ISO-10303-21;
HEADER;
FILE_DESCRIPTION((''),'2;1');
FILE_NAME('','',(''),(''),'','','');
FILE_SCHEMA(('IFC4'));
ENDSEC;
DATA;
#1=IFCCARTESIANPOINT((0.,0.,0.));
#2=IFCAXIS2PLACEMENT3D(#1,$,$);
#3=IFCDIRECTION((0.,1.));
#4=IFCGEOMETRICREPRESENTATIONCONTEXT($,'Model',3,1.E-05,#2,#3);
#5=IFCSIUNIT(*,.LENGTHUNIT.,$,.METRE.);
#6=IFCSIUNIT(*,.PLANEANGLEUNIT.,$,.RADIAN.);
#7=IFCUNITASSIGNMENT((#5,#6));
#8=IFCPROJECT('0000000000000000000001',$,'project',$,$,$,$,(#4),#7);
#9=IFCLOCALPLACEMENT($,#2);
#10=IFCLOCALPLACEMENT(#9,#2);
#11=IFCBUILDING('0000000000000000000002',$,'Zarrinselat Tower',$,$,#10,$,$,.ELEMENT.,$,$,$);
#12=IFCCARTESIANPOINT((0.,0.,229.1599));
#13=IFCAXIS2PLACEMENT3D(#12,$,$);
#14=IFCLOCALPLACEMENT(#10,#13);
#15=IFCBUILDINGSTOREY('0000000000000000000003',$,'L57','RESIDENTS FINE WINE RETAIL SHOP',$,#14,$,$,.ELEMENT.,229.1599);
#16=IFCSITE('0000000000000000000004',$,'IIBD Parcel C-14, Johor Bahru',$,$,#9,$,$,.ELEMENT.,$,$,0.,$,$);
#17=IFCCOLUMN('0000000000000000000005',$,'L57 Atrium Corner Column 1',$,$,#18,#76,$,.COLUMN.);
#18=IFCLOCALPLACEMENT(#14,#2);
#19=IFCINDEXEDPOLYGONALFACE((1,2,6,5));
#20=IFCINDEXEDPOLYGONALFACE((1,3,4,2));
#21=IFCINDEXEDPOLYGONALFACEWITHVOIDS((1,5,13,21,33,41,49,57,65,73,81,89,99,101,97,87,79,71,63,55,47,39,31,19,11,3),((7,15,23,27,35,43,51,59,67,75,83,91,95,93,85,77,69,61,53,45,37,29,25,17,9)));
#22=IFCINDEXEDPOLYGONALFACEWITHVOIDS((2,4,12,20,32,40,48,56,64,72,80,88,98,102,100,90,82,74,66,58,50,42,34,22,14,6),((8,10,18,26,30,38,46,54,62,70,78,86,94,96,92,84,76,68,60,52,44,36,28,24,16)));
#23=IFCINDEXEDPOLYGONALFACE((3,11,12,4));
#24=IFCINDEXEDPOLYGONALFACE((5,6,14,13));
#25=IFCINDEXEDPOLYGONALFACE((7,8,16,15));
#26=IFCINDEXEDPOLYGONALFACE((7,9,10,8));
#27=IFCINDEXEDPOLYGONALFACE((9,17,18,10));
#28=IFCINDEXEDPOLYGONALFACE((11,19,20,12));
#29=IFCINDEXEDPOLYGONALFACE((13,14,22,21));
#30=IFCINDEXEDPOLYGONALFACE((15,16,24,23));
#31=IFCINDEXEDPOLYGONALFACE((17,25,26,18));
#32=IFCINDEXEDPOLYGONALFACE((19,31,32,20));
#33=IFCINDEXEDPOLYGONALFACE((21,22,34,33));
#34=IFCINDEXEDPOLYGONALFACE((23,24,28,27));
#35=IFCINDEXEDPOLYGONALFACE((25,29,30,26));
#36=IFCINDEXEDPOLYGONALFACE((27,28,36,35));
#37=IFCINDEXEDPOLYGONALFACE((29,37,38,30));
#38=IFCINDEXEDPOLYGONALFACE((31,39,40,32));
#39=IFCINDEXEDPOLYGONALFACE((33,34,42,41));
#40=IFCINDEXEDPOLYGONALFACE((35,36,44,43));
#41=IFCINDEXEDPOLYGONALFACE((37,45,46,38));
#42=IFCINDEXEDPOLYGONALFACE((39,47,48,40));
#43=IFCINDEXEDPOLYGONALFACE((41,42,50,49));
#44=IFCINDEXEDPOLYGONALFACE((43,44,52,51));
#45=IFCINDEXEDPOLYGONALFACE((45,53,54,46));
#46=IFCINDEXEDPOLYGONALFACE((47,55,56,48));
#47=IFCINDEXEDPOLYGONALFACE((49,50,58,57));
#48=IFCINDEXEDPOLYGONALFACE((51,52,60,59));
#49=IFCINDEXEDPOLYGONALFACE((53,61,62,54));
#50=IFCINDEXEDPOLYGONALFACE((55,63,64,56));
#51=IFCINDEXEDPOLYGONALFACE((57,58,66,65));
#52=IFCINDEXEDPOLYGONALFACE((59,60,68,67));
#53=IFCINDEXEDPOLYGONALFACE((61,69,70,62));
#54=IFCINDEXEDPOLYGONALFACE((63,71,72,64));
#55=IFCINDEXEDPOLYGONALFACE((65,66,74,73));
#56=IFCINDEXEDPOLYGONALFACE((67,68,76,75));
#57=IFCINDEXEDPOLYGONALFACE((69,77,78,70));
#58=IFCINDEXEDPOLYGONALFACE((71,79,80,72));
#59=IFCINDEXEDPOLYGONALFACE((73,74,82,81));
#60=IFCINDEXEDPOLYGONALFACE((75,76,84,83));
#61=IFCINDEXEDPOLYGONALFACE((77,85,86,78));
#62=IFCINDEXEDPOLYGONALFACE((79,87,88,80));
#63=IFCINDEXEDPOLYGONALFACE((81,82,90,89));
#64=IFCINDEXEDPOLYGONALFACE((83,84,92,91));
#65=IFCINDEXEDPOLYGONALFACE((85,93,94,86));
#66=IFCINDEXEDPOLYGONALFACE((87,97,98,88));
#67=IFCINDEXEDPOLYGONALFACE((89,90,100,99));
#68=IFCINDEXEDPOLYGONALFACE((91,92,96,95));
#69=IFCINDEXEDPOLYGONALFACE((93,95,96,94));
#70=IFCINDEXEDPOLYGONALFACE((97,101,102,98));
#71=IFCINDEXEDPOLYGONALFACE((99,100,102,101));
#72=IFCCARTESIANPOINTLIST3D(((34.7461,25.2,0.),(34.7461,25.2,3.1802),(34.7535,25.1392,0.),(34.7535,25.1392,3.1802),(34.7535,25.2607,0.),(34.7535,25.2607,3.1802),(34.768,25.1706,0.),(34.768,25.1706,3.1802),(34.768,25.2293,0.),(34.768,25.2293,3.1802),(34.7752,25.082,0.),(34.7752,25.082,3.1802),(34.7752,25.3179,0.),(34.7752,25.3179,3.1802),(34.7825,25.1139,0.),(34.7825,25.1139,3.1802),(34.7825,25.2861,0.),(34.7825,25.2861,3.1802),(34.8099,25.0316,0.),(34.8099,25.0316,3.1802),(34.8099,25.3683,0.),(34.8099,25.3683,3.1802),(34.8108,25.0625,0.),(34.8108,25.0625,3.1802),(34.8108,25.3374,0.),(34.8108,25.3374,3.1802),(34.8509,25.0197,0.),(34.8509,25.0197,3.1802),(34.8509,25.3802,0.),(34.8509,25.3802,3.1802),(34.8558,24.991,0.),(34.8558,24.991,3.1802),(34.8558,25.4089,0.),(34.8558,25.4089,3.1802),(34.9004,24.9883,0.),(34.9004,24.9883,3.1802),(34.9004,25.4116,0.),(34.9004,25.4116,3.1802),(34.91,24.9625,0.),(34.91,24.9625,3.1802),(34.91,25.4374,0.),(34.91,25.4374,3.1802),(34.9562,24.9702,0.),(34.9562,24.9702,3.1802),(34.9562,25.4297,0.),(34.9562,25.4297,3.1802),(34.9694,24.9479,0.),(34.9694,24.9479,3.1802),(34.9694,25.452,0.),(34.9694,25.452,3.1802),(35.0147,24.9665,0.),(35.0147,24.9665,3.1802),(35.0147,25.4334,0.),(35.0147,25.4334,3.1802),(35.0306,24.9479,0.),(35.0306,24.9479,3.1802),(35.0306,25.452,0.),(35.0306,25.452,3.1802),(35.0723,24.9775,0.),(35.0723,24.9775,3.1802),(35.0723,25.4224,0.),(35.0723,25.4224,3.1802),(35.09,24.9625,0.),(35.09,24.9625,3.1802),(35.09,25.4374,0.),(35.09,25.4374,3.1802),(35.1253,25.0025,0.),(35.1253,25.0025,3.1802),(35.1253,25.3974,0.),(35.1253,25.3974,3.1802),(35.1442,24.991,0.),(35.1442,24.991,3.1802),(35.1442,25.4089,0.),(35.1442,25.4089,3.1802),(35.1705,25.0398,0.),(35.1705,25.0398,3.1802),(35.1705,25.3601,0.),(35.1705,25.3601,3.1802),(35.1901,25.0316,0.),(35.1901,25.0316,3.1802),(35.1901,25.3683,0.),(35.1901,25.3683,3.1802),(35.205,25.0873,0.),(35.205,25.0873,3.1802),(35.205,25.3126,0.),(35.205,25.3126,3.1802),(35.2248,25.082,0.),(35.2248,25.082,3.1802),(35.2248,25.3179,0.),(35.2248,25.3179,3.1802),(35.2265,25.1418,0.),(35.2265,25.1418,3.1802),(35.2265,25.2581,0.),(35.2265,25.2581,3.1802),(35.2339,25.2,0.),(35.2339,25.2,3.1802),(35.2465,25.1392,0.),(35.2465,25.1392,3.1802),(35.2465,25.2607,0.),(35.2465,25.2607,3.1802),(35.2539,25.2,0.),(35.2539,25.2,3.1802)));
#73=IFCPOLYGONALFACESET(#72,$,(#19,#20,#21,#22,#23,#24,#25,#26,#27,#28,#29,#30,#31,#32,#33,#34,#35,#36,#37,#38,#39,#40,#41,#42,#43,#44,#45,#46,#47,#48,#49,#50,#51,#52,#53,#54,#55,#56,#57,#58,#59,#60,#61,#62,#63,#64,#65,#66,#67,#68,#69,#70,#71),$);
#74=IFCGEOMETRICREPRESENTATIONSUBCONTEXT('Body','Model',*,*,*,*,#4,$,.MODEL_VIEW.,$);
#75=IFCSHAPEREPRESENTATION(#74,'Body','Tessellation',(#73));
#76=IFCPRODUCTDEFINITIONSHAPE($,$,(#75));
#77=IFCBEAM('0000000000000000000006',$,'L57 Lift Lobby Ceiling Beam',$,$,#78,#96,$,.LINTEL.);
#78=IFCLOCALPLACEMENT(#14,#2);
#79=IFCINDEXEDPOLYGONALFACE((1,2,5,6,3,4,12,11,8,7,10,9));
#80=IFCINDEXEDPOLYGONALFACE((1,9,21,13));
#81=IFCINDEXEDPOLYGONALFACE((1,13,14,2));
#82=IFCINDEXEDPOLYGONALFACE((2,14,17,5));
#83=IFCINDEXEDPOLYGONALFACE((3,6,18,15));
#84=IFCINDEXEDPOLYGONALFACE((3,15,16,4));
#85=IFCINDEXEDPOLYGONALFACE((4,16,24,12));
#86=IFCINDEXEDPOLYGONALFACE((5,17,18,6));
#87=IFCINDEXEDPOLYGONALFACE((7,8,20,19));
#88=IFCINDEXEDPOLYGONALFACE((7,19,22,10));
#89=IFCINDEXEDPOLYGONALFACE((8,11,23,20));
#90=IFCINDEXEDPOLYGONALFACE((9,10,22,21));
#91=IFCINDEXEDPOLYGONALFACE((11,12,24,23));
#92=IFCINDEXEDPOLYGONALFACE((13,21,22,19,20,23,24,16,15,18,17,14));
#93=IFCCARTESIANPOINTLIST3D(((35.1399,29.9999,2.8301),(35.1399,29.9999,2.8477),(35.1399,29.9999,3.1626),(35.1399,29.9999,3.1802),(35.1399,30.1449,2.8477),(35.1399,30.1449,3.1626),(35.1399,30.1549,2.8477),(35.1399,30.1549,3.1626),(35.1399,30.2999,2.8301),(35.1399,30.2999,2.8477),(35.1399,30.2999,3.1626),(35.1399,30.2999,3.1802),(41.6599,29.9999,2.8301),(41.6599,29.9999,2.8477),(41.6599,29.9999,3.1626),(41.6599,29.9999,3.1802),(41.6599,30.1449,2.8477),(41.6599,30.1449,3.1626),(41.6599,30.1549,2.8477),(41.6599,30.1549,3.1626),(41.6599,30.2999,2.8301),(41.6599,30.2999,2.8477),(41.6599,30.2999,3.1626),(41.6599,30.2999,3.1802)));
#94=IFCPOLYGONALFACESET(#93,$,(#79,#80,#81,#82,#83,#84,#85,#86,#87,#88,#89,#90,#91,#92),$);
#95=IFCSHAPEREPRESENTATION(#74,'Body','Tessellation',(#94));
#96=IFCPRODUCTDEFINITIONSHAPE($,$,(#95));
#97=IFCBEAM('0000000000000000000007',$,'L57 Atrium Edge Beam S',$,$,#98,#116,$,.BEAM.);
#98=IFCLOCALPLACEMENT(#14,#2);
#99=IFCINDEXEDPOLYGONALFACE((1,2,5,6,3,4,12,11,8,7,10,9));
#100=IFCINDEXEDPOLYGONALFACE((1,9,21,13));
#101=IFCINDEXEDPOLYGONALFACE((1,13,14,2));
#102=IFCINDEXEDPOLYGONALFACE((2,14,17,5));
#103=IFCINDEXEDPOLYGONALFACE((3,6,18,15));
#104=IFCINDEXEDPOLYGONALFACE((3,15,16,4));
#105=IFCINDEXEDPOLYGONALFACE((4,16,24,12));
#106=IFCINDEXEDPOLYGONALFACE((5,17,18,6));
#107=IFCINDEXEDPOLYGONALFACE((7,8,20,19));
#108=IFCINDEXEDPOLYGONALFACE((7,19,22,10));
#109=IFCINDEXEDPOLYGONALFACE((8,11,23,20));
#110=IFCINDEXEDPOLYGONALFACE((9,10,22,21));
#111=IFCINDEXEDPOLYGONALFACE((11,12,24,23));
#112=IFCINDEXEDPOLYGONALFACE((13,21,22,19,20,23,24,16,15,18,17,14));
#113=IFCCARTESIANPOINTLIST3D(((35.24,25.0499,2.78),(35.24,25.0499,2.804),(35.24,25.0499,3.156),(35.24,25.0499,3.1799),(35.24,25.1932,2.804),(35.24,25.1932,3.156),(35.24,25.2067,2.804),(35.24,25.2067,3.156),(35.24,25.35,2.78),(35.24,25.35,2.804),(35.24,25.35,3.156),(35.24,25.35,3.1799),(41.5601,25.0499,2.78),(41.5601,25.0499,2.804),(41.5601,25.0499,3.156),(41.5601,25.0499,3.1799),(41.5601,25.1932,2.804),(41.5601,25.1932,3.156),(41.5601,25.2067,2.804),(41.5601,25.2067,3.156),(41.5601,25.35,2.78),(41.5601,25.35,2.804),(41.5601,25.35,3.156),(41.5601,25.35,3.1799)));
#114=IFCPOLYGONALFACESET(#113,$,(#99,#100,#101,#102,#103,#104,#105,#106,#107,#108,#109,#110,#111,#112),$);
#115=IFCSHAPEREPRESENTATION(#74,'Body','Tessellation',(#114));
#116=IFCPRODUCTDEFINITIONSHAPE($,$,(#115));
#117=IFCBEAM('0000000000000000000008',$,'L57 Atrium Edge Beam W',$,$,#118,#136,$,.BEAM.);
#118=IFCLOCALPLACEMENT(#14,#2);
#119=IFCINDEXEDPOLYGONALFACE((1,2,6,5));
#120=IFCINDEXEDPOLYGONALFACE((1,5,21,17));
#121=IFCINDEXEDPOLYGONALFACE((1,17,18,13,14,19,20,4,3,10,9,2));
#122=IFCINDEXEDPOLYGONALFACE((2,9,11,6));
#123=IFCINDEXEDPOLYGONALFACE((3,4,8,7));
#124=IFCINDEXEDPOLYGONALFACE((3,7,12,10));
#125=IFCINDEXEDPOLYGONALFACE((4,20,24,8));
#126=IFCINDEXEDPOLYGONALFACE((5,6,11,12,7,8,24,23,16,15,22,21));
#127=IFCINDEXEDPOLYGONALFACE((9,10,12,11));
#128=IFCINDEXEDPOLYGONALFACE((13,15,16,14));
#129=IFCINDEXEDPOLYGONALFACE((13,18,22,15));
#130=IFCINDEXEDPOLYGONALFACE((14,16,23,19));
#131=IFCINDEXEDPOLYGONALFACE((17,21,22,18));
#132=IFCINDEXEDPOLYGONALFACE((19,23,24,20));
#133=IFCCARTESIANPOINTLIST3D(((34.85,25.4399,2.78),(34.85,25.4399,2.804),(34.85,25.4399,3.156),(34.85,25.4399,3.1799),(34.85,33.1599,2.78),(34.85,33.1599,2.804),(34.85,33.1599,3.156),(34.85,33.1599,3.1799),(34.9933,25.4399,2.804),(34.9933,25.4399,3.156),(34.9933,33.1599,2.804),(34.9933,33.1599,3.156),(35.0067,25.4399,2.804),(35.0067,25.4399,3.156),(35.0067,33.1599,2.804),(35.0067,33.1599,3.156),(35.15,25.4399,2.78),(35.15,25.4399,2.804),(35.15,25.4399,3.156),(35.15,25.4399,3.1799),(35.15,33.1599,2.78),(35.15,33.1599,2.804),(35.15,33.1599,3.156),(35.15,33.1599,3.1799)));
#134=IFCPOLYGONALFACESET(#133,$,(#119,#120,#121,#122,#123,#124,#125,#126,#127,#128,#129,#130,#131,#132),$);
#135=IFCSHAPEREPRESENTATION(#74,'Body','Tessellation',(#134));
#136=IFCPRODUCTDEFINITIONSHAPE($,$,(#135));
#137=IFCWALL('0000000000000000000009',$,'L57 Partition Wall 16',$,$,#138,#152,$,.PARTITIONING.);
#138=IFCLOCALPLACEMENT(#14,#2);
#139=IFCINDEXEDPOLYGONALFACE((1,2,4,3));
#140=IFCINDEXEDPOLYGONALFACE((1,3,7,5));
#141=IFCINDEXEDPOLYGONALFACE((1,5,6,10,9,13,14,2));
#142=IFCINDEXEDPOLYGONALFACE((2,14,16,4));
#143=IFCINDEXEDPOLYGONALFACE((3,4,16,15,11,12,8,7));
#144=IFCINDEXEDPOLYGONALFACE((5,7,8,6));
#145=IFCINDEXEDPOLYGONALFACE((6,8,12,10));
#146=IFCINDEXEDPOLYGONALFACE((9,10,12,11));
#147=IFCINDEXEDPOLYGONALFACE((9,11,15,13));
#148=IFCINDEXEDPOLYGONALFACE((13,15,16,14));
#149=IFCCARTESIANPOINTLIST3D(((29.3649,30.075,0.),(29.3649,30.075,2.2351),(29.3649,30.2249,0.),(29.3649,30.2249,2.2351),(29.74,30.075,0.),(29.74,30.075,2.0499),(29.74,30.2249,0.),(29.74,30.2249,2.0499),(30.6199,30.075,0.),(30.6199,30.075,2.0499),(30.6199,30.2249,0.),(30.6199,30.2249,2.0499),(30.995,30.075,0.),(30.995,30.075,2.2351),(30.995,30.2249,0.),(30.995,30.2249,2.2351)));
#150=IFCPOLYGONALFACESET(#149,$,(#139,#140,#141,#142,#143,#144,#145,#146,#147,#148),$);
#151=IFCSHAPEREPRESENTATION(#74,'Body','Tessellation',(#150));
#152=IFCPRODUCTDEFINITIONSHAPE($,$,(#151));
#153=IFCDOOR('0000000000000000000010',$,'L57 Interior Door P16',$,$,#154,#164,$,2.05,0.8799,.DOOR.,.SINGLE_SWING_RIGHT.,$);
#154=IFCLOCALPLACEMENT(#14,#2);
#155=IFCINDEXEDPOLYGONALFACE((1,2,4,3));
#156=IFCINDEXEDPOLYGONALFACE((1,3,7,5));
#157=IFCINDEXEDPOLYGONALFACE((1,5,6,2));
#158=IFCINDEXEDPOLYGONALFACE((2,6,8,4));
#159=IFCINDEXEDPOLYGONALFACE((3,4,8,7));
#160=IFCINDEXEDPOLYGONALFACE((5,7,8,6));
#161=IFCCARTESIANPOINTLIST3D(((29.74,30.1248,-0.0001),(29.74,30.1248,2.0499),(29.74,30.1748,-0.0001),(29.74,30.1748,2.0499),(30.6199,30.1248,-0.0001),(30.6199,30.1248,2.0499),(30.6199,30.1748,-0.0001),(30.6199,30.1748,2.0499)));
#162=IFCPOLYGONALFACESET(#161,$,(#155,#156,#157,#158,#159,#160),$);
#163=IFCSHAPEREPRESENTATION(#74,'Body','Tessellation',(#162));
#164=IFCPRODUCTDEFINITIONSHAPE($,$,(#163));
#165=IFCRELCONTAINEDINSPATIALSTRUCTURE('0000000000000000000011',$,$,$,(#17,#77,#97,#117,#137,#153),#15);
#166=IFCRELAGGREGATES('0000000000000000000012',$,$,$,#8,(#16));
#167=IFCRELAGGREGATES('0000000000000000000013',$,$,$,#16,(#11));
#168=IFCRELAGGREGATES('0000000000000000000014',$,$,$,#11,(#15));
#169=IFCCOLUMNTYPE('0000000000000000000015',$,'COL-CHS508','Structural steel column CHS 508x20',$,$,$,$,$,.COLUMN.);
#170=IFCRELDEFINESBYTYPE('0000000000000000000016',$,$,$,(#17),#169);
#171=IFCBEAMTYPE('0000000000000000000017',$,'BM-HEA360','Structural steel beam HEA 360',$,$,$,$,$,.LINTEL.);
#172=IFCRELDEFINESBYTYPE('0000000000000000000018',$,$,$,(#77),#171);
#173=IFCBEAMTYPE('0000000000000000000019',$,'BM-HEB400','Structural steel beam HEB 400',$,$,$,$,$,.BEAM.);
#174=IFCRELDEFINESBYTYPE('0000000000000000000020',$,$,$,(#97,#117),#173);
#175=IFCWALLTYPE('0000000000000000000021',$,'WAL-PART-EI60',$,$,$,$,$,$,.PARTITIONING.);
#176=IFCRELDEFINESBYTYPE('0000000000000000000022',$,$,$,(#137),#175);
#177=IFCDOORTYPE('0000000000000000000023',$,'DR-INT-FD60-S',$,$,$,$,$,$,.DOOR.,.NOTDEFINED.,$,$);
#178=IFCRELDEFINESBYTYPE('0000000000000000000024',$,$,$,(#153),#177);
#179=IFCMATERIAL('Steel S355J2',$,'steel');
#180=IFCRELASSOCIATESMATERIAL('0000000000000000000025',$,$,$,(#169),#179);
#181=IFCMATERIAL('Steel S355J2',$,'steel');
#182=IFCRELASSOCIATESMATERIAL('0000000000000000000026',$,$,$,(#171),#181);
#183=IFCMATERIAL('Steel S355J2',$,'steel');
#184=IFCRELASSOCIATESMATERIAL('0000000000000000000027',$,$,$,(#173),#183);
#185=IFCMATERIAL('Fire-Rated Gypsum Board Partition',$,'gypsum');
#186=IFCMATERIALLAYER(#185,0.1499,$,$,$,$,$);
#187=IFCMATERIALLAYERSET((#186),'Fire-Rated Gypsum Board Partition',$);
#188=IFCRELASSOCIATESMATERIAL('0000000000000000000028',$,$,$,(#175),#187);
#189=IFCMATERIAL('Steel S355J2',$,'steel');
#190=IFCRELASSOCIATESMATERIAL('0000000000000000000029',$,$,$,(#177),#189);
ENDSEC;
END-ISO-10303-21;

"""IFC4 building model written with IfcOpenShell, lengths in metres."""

from ifc_helpers import new_model, si_unit, direction, frame, frame_2d, origin, origin_2d, place, context, subcontext, project, spatial, rectangle, hollow_circle, i_section, extrude, material, layer, layer_set, material_profile, profile_set, type_object, element, fill, save


model = new_model("IFC4")

# Units and contexts
model_context = context("Model", 3, precision=1e-05, world=origin(), true_north=direction((0.0, 1.0)))
body_context = subcontext(model_context, "Body", "Model", "MODEL_VIEW")
ifc_project = project(units=[si_unit("LENGTHUNIT", "METRE"), si_unit("PLANEANGLEUNIT", "RADIAN")], contexts=[model_context])

# Site, building, storey
site_placement = place(None, origin())
site = spatial("IfcSite", under=ifc_project, at=site_placement, Name="IIBD Parcel C-14, Johor Bahru", CompositionType="ELEMENT", RefElevation=0.0)
building_placement = place(site_placement, origin())
building = spatial("IfcBuilding", under=site, at=building_placement, Name="Zarrinselat Tower", CompositionType="ELEMENT")
storey_placement = place(building_placement, frame((0.0, 0.0, 229.1599)))
storey = spatial("IfcBuildingStorey", under=building, at=storey_placement, Name="L57", Description="RESIDENTS FINE WINE RETAIL SHOP", CompositionType="ELEMENT", Elevation=229.1599)

# Column
ifc_material_1 = material(Name="Steel S355J2", Category="steel")
ifc_material_profile_1 = material_profile(ifc_material_1, hollow_circle(Radius=0.2539, WallThickness=0.02, at=origin_2d()), Name="CHS 508x20")
ifc_profile_set_1 = profile_set([ifc_material_profile_1], Name="Steel S355J2")
column_type = type_object("IfcColumnType", Name="COL-CHS508", Description="Structural steel column CHS 508x20", PredefinedType="COLUMN", material=ifc_profile_set_1)
column_placement = place(storey_placement, frame((35.0, 25.2, 0.0), z_axis=(0.0, 0.0, 1.0), x_axis=(1.0, 0.0, 0.0)))
element("IfcColumn", 1, at=column_placement, inside=storey, type_object=column_type, Name="L57 Atrium Corner Column 1", PredefinedType="COLUMN", context=body_context, shape_type="SweptSolid", body=[
    extrude(hollow_circle(Radius=0.2539, WallThickness=0.02, at=origin_2d()), origin(), (0.0, 0.0, 1.0), 3.1802),
])

# Beams
ifc_material_2 = material(Name="Steel S355J2", Category="steel")
ifc_material_profile_2 = material_profile(ifc_material_2, i_section(OverallWidth=0.3, OverallDepth=0.3501, WebThickness=0.01, FlangeThickness=0.0176, at=origin_2d()), Name="HEA 360")
ifc_profile_set_2 = profile_set([ifc_material_profile_2], Name="Steel S355J2")
beam_type_1 = type_object("IfcBeamType", Name="BM-HEA360", Description="Structural steel beam HEA 360", PredefinedType="LINTEL", material=ifc_profile_set_2)
beam_1_placement = place(storey_placement, frame((35.1399, 30.1499, 3.0051), z_axis=(1.0, 0.0, 0.0), x_axis=(0.0, 1.0, 0.0)))
element("IfcBeam", 2, at=beam_1_placement, inside=storey, type_object=beam_type_1, Name="L57 Lift Lobby Ceiling Beam", PredefinedType="LINTEL", context=body_context, shape_type="SweptSolid", body=[
    extrude(i_section(OverallWidth=0.3, OverallDepth=0.3501, WebThickness=0.01, FlangeThickness=0.0176, at=origin_2d()), origin(), (0.0, 0.0, 1.0), 6.52),
])
ifc_material_3 = material(Name="Steel S355J2", Category="steel")
ifc_material_profile_3 = material_profile(ifc_material_3, i_section(OverallWidth=0.3, OverallDepth=0.3999, WebThickness=0.0134, FlangeThickness=0.0239, at=origin_2d()), Name="HEB 400")
ifc_profile_set_3 = profile_set([ifc_material_profile_3], Name="Steel S355J2")
beam_type_2 = type_object("IfcBeamType", Name="BM-HEB400", Description="Structural steel beam HEB 400", PredefinedType="BEAM", material=ifc_profile_set_3)
beam_2_placement = place(storey_placement, frame((35.24, 25.2, 2.98), z_axis=(1.0, 0.0, 0.0), x_axis=(0.0, 1.0, 0.0)))
element("IfcBeam", 3, at=beam_2_placement, inside=storey, type_object=beam_type_2, Name="L57 Atrium Edge Beam S", PredefinedType="BEAM", context=body_context, shape_type="SweptSolid", body=[
    extrude(i_section(OverallWidth=0.3, OverallDepth=0.3999, WebThickness=0.0134, FlangeThickness=0.0239, at=origin_2d()), origin(), (0.0, 0.0, 1.0), 6.3201),
])
beam_3_placement = place(storey_placement, frame((35.0, 25.4399, 2.98), z_axis=(0.0, 1.0, 0.0), x_axis=(-1.0, 0.0, 0.0)))
element("IfcBeam", 4, at=beam_3_placement, inside=storey, type_object=beam_type_2, Name="L57 Atrium Edge Beam W", PredefinedType="BEAM", context=body_context, shape_type="SweptSolid", body=[
    extrude(i_section(OverallWidth=0.3, OverallDepth=0.3999, WebThickness=0.0134, FlangeThickness=0.0239, at=origin_2d()), origin(), (0.0, 0.0, 1.0), 7.72),
])

# Wall, opening, door
ifc_material_4 = material(Name="Fire-Rated Gypsum Board Partition", Category="gypsum")
ifc_layer_1 = layer(ifc_material_4, 0.1499)
ifc_layer_set_1 = layer_set([ifc_layer_1], Name="Fire-Rated Gypsum Board Partition")
wall_type_1 = type_object("IfcWallType", Name="WAL-PART-EI60", PredefinedType="PARTITIONING", material=ifc_layer_set_1)
wall_1_placement = place(storey_placement, frame((29.365, 30.1499, 0.0), z_axis=(0.0, 0.0, 1.0), x_axis=(1.0, 0.0, 0.0)))
wall_1 = element("IfcWall", 5, at=wall_1_placement, inside=storey, type_object=wall_type_1, Name="L57 Partition Wall 16", PredefinedType="PARTITIONING", context=body_context, shape_type="SweptSolid", body=[
    extrude(rectangle(XDim=1.6301, YDim=0.1499, at=frame_2d((0.8149, 0.0))), origin(), (0.0, 0.0, 1.0), 2.2351),
])
opening_1_placement = place(wall_1_placement, frame((0.375, 0.0, 0.0)))
opening_1 = element("IfcOpeningElement", 6, at=opening_1_placement, cuts=wall_1, PredefinedType="OPENING", context=body_context, shape_type="SweptSolid", body=[
    extrude(rectangle(XDim=0.8799, YDim=2.05, at=frame_2d((0.4399, 1.0249))), frame((0.0, 0.085, 0.0), z_axis=(0.0, -1.0, 0.0), x_axis=(1.0, 0.0, 0.0)), (0.0, 0.0, 1.0), 0.1699),
])
ifc_material_5 = material(Name="Steel S355J2", Category="steel")
door_type_1 = type_object("IfcDoorType", Name="DR-INT-FD60-S", OperationType="NOTDEFINED", PredefinedType="DOOR", material=ifc_material_5)
door_1_placement = place(opening_1_placement, origin())
door_1 = element("IfcDoor", 7, at=door_1_placement, inside=storey, type_object=door_type_1, Name="L57 Interior Door P16", OperationType="SINGLE_SWING_RIGHT", OverallHeight=2.05, OverallWidth=0.8799, PredefinedType="DOOR", context=body_context, shape_type="SweptSolid", body=[
    extrude(rectangle(XDim=0.8799, YDim=2.05, at=frame_2d((0.4399, 1.0249))), frame((0.0, 0.0249, 0.0), z_axis=(0.0, -1.0, 0.0), x_axis=(1.0, 0.0, 0.0)), (0.0, 0.0, 1.0), 0.05),
])
fill(opening_1, door_1)

save(model, "model.ifc")
